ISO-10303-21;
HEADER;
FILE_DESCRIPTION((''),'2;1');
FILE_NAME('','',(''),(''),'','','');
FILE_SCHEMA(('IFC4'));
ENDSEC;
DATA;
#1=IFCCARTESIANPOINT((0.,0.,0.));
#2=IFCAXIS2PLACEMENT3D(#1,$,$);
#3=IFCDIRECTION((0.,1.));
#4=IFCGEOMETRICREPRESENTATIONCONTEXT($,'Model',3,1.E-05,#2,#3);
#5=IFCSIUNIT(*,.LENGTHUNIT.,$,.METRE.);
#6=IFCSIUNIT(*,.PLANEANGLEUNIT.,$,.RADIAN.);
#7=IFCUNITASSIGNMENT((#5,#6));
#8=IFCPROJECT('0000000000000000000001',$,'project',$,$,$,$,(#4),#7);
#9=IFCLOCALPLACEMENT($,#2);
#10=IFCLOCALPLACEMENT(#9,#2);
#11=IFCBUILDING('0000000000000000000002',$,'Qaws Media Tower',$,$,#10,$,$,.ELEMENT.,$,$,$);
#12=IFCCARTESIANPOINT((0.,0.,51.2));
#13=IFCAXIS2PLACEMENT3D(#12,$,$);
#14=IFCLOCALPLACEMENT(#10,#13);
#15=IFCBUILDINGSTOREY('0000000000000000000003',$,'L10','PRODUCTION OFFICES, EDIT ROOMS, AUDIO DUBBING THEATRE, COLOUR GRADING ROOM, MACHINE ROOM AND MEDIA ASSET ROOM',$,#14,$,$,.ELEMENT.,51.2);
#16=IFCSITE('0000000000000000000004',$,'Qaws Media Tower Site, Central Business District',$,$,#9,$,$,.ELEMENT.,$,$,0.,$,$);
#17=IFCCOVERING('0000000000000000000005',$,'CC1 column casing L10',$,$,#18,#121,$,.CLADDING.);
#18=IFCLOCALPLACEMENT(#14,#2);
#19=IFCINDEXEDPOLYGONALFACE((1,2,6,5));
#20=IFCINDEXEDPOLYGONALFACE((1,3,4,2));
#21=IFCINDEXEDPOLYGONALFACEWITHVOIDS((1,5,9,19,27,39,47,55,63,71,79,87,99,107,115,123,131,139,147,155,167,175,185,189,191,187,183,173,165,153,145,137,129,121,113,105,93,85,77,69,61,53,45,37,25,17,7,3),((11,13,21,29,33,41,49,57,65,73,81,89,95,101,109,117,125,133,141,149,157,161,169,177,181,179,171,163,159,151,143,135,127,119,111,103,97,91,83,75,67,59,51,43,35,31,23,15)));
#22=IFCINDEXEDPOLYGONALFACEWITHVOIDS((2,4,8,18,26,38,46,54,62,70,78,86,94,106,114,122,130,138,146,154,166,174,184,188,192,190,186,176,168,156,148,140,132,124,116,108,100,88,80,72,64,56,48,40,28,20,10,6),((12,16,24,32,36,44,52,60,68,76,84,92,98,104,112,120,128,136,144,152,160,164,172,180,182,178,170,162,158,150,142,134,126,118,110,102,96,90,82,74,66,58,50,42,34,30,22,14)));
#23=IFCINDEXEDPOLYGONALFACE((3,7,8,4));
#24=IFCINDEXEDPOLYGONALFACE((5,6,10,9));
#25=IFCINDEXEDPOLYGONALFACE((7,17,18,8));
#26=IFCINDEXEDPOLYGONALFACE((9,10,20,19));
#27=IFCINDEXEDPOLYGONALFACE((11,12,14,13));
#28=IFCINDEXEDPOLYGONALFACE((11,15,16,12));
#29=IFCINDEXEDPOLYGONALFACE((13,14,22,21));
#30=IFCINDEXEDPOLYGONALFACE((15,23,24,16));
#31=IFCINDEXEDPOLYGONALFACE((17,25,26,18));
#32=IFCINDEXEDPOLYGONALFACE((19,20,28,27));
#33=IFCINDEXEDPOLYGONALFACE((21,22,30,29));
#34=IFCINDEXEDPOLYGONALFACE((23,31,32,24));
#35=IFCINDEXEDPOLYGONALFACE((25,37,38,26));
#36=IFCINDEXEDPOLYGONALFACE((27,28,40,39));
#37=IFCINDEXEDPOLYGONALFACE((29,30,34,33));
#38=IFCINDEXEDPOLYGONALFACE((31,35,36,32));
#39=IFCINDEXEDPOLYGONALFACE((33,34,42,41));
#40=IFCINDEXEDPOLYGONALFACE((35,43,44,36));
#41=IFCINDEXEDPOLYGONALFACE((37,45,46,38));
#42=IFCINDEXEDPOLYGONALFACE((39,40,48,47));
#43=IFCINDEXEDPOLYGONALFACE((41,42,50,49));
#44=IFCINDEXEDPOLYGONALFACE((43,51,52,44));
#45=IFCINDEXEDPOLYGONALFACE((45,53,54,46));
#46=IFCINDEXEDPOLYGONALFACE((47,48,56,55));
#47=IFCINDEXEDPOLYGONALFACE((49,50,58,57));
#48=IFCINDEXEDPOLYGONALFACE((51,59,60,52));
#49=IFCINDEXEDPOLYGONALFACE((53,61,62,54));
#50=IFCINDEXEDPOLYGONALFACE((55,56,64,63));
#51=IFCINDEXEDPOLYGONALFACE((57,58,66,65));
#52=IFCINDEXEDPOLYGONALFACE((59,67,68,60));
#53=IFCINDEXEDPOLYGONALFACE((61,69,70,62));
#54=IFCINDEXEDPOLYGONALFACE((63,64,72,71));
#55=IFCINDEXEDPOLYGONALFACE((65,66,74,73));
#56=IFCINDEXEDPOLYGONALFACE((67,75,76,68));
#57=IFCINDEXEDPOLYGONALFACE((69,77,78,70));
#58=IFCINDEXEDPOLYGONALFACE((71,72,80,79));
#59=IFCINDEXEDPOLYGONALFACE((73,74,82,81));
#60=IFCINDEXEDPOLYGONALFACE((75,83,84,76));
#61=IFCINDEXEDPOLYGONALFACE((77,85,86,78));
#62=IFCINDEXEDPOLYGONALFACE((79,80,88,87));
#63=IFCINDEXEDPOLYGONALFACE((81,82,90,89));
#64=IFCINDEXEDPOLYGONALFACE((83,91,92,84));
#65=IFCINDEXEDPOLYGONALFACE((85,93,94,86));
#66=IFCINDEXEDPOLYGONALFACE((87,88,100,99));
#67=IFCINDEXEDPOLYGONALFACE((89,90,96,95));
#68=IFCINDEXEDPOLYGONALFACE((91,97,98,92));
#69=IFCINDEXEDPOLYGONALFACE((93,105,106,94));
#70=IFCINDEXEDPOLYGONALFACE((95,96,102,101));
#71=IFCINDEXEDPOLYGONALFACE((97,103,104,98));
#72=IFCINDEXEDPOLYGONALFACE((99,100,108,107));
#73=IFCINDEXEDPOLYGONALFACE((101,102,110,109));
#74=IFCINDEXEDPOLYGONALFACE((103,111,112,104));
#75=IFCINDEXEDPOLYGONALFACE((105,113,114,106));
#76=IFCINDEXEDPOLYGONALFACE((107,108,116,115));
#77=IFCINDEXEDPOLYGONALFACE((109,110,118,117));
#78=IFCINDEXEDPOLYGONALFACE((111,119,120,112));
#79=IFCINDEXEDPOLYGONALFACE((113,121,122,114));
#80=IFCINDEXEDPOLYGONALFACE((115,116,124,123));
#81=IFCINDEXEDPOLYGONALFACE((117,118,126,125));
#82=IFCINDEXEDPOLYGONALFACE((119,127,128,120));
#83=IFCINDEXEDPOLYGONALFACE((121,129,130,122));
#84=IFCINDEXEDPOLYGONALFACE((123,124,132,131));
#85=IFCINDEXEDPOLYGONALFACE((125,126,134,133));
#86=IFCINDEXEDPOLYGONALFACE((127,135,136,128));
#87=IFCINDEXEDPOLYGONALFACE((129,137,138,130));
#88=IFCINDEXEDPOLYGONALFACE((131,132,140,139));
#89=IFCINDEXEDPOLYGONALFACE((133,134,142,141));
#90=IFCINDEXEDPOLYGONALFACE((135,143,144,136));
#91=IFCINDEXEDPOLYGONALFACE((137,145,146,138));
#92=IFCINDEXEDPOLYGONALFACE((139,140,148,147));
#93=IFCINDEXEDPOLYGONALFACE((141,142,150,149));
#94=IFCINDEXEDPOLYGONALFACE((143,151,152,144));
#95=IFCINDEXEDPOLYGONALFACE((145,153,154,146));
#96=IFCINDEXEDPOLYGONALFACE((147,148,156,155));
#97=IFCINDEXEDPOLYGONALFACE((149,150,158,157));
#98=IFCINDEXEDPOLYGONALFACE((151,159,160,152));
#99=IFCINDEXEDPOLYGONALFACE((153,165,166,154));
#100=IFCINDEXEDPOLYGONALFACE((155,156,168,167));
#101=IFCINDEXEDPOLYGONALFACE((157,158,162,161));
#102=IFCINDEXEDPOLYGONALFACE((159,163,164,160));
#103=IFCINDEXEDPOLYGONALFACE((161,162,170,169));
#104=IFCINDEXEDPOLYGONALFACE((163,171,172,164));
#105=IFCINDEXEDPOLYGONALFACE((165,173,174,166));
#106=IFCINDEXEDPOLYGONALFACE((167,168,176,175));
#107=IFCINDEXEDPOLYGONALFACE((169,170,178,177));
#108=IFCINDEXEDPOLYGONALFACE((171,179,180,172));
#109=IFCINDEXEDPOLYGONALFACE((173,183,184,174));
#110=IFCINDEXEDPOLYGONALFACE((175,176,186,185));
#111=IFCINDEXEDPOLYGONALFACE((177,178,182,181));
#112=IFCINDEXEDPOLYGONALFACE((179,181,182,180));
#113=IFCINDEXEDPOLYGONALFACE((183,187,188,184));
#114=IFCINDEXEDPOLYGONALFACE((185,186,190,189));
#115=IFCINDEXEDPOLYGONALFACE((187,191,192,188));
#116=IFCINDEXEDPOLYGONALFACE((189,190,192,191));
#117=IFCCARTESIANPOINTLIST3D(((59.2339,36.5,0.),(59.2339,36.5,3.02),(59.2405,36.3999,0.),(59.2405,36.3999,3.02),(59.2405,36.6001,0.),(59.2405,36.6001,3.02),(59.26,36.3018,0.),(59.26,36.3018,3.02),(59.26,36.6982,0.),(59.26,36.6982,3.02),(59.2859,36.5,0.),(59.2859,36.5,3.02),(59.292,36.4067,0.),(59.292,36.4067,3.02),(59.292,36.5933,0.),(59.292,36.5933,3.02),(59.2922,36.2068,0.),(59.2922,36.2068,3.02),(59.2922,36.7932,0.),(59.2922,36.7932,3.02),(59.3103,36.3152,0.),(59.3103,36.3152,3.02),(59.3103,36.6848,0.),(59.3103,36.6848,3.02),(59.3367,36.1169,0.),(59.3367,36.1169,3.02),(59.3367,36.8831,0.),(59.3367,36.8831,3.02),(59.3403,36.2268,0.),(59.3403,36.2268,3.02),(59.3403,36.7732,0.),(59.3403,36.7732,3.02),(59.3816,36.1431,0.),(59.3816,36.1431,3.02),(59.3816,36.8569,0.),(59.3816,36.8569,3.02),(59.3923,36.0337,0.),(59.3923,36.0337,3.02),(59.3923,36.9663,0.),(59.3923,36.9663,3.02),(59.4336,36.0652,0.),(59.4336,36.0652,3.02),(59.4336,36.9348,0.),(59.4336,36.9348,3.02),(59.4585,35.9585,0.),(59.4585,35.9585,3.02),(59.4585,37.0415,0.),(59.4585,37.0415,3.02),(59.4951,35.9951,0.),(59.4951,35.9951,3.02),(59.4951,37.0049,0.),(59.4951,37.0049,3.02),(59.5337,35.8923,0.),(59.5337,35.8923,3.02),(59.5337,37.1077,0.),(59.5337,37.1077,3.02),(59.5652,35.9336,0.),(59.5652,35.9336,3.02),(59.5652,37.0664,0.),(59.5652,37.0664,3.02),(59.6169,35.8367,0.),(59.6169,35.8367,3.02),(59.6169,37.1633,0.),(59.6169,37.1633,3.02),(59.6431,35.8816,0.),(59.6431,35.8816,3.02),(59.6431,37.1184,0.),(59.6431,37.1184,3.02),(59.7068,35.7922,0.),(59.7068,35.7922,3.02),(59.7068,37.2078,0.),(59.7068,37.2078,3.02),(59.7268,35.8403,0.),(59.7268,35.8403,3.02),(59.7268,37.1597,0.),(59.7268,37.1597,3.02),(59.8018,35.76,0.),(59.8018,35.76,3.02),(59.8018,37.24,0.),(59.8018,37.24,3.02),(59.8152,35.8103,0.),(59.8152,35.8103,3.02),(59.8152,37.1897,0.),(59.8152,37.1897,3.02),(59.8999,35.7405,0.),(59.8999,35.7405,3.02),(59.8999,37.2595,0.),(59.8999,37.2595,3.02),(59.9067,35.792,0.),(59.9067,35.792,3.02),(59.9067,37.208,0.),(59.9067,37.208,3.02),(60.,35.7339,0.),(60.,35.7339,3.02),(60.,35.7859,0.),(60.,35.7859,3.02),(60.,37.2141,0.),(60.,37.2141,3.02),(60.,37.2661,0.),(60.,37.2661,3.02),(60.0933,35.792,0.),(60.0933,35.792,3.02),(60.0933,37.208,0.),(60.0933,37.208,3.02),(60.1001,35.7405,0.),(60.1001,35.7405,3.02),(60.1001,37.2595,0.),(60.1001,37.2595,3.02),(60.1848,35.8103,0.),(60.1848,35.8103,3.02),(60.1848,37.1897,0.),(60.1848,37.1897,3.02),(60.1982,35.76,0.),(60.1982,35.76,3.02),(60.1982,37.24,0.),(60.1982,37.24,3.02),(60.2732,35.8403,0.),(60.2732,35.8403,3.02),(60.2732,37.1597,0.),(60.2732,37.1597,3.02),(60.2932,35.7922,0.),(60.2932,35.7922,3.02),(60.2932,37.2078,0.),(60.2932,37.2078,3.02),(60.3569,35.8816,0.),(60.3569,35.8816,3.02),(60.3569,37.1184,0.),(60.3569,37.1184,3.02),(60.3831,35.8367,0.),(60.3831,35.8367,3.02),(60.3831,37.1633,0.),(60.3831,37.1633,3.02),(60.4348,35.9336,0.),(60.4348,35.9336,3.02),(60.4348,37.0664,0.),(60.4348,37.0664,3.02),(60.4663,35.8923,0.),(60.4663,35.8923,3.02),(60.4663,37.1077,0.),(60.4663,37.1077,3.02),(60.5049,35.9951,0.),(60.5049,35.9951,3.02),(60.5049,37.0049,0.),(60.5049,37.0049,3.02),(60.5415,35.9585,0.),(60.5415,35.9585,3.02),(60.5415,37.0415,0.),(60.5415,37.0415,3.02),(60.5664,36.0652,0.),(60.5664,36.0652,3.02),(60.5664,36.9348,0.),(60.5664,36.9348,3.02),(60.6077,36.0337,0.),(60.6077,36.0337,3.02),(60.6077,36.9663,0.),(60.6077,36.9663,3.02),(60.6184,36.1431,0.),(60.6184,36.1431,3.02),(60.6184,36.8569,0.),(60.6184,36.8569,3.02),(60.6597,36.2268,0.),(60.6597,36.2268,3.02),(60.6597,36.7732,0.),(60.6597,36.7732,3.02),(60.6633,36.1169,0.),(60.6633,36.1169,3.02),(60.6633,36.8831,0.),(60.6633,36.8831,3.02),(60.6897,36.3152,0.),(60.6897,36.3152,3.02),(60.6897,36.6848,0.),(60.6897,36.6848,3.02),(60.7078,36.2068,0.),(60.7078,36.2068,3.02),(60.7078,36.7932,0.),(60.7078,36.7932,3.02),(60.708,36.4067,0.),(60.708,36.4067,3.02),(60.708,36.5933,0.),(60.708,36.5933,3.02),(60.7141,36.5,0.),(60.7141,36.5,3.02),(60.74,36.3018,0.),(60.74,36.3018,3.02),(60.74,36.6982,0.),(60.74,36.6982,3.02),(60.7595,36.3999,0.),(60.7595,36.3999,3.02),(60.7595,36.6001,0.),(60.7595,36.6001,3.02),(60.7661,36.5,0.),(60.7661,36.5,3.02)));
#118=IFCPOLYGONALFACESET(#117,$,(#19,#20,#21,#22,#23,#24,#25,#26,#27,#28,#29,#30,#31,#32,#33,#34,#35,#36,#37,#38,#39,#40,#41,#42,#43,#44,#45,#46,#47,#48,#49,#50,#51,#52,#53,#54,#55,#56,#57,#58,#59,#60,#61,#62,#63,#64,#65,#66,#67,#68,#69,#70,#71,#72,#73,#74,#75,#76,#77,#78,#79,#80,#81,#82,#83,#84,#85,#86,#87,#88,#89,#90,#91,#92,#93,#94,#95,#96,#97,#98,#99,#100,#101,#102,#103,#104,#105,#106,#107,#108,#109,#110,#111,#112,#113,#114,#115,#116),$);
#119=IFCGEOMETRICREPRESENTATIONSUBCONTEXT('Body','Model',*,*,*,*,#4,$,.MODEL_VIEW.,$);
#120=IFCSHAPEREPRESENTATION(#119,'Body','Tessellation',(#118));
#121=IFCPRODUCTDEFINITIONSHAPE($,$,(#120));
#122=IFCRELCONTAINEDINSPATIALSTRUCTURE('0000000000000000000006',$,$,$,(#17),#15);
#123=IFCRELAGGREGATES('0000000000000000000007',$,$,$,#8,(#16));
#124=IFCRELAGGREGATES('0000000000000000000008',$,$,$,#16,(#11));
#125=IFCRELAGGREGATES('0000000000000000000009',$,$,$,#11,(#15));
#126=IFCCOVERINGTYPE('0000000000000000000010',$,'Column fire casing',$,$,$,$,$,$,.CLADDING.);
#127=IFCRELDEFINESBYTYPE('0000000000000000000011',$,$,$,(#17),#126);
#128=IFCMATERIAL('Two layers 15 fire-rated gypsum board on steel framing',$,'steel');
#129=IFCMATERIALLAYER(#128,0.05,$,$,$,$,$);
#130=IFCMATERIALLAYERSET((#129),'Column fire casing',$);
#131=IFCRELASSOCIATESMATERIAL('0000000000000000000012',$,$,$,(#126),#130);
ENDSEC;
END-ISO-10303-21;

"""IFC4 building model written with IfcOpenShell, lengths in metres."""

from ifc_helpers import new_model, si_unit, direction, frame, origin, place, context, subcontext, project, spatial, polyline, outline, extrude, material, layer, layer_set, type_object, element, save


model = new_model("IFC4")

# Units and contexts
model_context = context("Model", 3, precision=1e-05, world=origin(), true_north=direction((0.0, 1.0)))
body_context = subcontext(model_context, "Body", "Model", "MODEL_VIEW")
ifc_project = project(units=[si_unit("LENGTHUNIT", "METRE"), si_unit("PLANEANGLEUNIT", "RADIAN")], contexts=[model_context])

# Site, building, storey
site_placement = place(None, origin())
site = spatial("IfcSite", under=ifc_project, at=site_placement, Name="Qaws Media Tower Site, Central Business District", CompositionType="ELEMENT", RefElevation=0.0)
building_placement = place(site_placement, origin())
building = spatial("IfcBuilding", under=site, at=building_placement, Name="Qaws Media Tower", CompositionType="ELEMENT")
storey_placement = place(building_placement, frame((0.0, 0.0, 51.2)))
storey = spatial("IfcBuildingStorey", under=building, at=storey_placement, Name="L10", Description="PRODUCTION OFFICES, EDIT ROOMS, AUDIO DUBBING THEATRE, COLOUR GRADING ROOM, MACHINE ROOM AND MEDIA ASSET ROOM", CompositionType="ELEMENT", Elevation=51.2)

# Covering
ifc_material_1 = material(Name="Two layers 15 fire-rated gypsum board on steel framing", Category="steel")
ifc_layer_1 = layer(ifc_material_1, 0.05)
ifc_layer_set_1 = layer_set([ifc_layer_1], Name="Column fire casing")
covering_type_1 = type_object("IfcCoveringType", Name="Column fire casing", PredefinedType="CLADDING", material=ifc_layer_set_1)
covering_1_placement = place(storey_placement, origin())
element("IfcCovering", 1, at=covering_1_placement, inside=storey, type_object=covering_type_1, Name="CC1 column casing L10", PredefinedType="CLADDING", context=body_context, shape_type="SweptSolid", body=[
    extrude(outline(polyline([(60.7661, 36.5), (60.7595, 36.3999), (60.74, 36.3018), (60.7078, 36.2068), (60.6633, 36.1169), (60.6077, 36.0337), (60.5415, 35.9585), (60.4663, 35.8923), (60.3831, 35.8367), (60.2932, 35.7922), (60.1982, 35.76), (60.1001, 35.7405), (60.0, 35.7339), (59.8999, 35.7405), (59.8018, 35.76), (59.7068, 35.7922), (59.6169, 35.8367), (59.5337, 35.8923), (59.4585, 35.9585), (59.3923, 36.0337), (59.3367, 36.1169), (59.2922, 36.2068), (59.26, 36.3018), (59.2405, 36.3999), (59.2339, 36.5), (59.2405, 36.6001), (59.26, 36.6982), (59.2922, 36.7932), (59.3367, 36.8831), (59.3923, 36.9663), (59.4585, 37.0415), (59.5337, 37.1077), (59.6169, 37.1633), (59.7068, 37.2078), (59.8018, 37.24), (59.8999, 37.2595), (60.0, 37.2661), (60.1001, 37.2595), (60.1982, 37.24), (60.2932, 37.2078), (60.3831, 37.1633), (60.4663, 37.1077), (60.5415, 37.0415), (60.6077, 36.9663), (60.6633, 36.8831), (60.7078, 36.7932), (60.74, 36.6982), (60.7595, 36.6001), (60.7661, 36.5)]), holes=[polyline([(60.7141, 36.5), (60.708, 36.4067), (60.6897, 36.3152), (60.6597, 36.2268), (60.6184, 36.1431), (60.5664, 36.0652), (60.5049, 35.9951), (60.4348, 35.9336), (60.3569, 35.8816), (60.2732, 35.8403), (60.1848, 35.8103), (60.0933, 35.792), (60.0, 35.7859), (59.9067, 35.792), (59.8152, 35.8103), (59.7268, 35.8403), (59.6431, 35.8816), (59.5652, 35.9336), (59.4951, 35.9951), (59.4336, 36.0652), (59.3816, 36.1431), (59.3403, 36.2268), (59.3103, 36.3152), (59.292, 36.4067), (59.2859, 36.5), (59.292, 36.5933), (59.3103, 36.6848), (59.3403, 36.7732), (59.3816, 36.8569), (59.4336, 36.9348), (59.4951, 37.0049), (59.5652, 37.0664), (59.6431, 37.1184), (59.7268, 37.1597), (59.8152, 37.1897), (59.9067, 37.208), (60.0, 37.2141), (60.0933, 37.208), (60.1848, 37.1897), (60.2732, 37.1597), (60.3569, 37.1184), (60.4348, 37.0664), (60.5049, 37.0049), (60.5664, 36.9348), (60.6184, 36.8569), (60.6597, 36.7732), (60.6897, 36.6848), (60.708, 36.5933), (60.7141, 36.5)])]), origin(), (0.0, 0.0, 1.0), 3.02),
])

save(model, "model.ifc")
